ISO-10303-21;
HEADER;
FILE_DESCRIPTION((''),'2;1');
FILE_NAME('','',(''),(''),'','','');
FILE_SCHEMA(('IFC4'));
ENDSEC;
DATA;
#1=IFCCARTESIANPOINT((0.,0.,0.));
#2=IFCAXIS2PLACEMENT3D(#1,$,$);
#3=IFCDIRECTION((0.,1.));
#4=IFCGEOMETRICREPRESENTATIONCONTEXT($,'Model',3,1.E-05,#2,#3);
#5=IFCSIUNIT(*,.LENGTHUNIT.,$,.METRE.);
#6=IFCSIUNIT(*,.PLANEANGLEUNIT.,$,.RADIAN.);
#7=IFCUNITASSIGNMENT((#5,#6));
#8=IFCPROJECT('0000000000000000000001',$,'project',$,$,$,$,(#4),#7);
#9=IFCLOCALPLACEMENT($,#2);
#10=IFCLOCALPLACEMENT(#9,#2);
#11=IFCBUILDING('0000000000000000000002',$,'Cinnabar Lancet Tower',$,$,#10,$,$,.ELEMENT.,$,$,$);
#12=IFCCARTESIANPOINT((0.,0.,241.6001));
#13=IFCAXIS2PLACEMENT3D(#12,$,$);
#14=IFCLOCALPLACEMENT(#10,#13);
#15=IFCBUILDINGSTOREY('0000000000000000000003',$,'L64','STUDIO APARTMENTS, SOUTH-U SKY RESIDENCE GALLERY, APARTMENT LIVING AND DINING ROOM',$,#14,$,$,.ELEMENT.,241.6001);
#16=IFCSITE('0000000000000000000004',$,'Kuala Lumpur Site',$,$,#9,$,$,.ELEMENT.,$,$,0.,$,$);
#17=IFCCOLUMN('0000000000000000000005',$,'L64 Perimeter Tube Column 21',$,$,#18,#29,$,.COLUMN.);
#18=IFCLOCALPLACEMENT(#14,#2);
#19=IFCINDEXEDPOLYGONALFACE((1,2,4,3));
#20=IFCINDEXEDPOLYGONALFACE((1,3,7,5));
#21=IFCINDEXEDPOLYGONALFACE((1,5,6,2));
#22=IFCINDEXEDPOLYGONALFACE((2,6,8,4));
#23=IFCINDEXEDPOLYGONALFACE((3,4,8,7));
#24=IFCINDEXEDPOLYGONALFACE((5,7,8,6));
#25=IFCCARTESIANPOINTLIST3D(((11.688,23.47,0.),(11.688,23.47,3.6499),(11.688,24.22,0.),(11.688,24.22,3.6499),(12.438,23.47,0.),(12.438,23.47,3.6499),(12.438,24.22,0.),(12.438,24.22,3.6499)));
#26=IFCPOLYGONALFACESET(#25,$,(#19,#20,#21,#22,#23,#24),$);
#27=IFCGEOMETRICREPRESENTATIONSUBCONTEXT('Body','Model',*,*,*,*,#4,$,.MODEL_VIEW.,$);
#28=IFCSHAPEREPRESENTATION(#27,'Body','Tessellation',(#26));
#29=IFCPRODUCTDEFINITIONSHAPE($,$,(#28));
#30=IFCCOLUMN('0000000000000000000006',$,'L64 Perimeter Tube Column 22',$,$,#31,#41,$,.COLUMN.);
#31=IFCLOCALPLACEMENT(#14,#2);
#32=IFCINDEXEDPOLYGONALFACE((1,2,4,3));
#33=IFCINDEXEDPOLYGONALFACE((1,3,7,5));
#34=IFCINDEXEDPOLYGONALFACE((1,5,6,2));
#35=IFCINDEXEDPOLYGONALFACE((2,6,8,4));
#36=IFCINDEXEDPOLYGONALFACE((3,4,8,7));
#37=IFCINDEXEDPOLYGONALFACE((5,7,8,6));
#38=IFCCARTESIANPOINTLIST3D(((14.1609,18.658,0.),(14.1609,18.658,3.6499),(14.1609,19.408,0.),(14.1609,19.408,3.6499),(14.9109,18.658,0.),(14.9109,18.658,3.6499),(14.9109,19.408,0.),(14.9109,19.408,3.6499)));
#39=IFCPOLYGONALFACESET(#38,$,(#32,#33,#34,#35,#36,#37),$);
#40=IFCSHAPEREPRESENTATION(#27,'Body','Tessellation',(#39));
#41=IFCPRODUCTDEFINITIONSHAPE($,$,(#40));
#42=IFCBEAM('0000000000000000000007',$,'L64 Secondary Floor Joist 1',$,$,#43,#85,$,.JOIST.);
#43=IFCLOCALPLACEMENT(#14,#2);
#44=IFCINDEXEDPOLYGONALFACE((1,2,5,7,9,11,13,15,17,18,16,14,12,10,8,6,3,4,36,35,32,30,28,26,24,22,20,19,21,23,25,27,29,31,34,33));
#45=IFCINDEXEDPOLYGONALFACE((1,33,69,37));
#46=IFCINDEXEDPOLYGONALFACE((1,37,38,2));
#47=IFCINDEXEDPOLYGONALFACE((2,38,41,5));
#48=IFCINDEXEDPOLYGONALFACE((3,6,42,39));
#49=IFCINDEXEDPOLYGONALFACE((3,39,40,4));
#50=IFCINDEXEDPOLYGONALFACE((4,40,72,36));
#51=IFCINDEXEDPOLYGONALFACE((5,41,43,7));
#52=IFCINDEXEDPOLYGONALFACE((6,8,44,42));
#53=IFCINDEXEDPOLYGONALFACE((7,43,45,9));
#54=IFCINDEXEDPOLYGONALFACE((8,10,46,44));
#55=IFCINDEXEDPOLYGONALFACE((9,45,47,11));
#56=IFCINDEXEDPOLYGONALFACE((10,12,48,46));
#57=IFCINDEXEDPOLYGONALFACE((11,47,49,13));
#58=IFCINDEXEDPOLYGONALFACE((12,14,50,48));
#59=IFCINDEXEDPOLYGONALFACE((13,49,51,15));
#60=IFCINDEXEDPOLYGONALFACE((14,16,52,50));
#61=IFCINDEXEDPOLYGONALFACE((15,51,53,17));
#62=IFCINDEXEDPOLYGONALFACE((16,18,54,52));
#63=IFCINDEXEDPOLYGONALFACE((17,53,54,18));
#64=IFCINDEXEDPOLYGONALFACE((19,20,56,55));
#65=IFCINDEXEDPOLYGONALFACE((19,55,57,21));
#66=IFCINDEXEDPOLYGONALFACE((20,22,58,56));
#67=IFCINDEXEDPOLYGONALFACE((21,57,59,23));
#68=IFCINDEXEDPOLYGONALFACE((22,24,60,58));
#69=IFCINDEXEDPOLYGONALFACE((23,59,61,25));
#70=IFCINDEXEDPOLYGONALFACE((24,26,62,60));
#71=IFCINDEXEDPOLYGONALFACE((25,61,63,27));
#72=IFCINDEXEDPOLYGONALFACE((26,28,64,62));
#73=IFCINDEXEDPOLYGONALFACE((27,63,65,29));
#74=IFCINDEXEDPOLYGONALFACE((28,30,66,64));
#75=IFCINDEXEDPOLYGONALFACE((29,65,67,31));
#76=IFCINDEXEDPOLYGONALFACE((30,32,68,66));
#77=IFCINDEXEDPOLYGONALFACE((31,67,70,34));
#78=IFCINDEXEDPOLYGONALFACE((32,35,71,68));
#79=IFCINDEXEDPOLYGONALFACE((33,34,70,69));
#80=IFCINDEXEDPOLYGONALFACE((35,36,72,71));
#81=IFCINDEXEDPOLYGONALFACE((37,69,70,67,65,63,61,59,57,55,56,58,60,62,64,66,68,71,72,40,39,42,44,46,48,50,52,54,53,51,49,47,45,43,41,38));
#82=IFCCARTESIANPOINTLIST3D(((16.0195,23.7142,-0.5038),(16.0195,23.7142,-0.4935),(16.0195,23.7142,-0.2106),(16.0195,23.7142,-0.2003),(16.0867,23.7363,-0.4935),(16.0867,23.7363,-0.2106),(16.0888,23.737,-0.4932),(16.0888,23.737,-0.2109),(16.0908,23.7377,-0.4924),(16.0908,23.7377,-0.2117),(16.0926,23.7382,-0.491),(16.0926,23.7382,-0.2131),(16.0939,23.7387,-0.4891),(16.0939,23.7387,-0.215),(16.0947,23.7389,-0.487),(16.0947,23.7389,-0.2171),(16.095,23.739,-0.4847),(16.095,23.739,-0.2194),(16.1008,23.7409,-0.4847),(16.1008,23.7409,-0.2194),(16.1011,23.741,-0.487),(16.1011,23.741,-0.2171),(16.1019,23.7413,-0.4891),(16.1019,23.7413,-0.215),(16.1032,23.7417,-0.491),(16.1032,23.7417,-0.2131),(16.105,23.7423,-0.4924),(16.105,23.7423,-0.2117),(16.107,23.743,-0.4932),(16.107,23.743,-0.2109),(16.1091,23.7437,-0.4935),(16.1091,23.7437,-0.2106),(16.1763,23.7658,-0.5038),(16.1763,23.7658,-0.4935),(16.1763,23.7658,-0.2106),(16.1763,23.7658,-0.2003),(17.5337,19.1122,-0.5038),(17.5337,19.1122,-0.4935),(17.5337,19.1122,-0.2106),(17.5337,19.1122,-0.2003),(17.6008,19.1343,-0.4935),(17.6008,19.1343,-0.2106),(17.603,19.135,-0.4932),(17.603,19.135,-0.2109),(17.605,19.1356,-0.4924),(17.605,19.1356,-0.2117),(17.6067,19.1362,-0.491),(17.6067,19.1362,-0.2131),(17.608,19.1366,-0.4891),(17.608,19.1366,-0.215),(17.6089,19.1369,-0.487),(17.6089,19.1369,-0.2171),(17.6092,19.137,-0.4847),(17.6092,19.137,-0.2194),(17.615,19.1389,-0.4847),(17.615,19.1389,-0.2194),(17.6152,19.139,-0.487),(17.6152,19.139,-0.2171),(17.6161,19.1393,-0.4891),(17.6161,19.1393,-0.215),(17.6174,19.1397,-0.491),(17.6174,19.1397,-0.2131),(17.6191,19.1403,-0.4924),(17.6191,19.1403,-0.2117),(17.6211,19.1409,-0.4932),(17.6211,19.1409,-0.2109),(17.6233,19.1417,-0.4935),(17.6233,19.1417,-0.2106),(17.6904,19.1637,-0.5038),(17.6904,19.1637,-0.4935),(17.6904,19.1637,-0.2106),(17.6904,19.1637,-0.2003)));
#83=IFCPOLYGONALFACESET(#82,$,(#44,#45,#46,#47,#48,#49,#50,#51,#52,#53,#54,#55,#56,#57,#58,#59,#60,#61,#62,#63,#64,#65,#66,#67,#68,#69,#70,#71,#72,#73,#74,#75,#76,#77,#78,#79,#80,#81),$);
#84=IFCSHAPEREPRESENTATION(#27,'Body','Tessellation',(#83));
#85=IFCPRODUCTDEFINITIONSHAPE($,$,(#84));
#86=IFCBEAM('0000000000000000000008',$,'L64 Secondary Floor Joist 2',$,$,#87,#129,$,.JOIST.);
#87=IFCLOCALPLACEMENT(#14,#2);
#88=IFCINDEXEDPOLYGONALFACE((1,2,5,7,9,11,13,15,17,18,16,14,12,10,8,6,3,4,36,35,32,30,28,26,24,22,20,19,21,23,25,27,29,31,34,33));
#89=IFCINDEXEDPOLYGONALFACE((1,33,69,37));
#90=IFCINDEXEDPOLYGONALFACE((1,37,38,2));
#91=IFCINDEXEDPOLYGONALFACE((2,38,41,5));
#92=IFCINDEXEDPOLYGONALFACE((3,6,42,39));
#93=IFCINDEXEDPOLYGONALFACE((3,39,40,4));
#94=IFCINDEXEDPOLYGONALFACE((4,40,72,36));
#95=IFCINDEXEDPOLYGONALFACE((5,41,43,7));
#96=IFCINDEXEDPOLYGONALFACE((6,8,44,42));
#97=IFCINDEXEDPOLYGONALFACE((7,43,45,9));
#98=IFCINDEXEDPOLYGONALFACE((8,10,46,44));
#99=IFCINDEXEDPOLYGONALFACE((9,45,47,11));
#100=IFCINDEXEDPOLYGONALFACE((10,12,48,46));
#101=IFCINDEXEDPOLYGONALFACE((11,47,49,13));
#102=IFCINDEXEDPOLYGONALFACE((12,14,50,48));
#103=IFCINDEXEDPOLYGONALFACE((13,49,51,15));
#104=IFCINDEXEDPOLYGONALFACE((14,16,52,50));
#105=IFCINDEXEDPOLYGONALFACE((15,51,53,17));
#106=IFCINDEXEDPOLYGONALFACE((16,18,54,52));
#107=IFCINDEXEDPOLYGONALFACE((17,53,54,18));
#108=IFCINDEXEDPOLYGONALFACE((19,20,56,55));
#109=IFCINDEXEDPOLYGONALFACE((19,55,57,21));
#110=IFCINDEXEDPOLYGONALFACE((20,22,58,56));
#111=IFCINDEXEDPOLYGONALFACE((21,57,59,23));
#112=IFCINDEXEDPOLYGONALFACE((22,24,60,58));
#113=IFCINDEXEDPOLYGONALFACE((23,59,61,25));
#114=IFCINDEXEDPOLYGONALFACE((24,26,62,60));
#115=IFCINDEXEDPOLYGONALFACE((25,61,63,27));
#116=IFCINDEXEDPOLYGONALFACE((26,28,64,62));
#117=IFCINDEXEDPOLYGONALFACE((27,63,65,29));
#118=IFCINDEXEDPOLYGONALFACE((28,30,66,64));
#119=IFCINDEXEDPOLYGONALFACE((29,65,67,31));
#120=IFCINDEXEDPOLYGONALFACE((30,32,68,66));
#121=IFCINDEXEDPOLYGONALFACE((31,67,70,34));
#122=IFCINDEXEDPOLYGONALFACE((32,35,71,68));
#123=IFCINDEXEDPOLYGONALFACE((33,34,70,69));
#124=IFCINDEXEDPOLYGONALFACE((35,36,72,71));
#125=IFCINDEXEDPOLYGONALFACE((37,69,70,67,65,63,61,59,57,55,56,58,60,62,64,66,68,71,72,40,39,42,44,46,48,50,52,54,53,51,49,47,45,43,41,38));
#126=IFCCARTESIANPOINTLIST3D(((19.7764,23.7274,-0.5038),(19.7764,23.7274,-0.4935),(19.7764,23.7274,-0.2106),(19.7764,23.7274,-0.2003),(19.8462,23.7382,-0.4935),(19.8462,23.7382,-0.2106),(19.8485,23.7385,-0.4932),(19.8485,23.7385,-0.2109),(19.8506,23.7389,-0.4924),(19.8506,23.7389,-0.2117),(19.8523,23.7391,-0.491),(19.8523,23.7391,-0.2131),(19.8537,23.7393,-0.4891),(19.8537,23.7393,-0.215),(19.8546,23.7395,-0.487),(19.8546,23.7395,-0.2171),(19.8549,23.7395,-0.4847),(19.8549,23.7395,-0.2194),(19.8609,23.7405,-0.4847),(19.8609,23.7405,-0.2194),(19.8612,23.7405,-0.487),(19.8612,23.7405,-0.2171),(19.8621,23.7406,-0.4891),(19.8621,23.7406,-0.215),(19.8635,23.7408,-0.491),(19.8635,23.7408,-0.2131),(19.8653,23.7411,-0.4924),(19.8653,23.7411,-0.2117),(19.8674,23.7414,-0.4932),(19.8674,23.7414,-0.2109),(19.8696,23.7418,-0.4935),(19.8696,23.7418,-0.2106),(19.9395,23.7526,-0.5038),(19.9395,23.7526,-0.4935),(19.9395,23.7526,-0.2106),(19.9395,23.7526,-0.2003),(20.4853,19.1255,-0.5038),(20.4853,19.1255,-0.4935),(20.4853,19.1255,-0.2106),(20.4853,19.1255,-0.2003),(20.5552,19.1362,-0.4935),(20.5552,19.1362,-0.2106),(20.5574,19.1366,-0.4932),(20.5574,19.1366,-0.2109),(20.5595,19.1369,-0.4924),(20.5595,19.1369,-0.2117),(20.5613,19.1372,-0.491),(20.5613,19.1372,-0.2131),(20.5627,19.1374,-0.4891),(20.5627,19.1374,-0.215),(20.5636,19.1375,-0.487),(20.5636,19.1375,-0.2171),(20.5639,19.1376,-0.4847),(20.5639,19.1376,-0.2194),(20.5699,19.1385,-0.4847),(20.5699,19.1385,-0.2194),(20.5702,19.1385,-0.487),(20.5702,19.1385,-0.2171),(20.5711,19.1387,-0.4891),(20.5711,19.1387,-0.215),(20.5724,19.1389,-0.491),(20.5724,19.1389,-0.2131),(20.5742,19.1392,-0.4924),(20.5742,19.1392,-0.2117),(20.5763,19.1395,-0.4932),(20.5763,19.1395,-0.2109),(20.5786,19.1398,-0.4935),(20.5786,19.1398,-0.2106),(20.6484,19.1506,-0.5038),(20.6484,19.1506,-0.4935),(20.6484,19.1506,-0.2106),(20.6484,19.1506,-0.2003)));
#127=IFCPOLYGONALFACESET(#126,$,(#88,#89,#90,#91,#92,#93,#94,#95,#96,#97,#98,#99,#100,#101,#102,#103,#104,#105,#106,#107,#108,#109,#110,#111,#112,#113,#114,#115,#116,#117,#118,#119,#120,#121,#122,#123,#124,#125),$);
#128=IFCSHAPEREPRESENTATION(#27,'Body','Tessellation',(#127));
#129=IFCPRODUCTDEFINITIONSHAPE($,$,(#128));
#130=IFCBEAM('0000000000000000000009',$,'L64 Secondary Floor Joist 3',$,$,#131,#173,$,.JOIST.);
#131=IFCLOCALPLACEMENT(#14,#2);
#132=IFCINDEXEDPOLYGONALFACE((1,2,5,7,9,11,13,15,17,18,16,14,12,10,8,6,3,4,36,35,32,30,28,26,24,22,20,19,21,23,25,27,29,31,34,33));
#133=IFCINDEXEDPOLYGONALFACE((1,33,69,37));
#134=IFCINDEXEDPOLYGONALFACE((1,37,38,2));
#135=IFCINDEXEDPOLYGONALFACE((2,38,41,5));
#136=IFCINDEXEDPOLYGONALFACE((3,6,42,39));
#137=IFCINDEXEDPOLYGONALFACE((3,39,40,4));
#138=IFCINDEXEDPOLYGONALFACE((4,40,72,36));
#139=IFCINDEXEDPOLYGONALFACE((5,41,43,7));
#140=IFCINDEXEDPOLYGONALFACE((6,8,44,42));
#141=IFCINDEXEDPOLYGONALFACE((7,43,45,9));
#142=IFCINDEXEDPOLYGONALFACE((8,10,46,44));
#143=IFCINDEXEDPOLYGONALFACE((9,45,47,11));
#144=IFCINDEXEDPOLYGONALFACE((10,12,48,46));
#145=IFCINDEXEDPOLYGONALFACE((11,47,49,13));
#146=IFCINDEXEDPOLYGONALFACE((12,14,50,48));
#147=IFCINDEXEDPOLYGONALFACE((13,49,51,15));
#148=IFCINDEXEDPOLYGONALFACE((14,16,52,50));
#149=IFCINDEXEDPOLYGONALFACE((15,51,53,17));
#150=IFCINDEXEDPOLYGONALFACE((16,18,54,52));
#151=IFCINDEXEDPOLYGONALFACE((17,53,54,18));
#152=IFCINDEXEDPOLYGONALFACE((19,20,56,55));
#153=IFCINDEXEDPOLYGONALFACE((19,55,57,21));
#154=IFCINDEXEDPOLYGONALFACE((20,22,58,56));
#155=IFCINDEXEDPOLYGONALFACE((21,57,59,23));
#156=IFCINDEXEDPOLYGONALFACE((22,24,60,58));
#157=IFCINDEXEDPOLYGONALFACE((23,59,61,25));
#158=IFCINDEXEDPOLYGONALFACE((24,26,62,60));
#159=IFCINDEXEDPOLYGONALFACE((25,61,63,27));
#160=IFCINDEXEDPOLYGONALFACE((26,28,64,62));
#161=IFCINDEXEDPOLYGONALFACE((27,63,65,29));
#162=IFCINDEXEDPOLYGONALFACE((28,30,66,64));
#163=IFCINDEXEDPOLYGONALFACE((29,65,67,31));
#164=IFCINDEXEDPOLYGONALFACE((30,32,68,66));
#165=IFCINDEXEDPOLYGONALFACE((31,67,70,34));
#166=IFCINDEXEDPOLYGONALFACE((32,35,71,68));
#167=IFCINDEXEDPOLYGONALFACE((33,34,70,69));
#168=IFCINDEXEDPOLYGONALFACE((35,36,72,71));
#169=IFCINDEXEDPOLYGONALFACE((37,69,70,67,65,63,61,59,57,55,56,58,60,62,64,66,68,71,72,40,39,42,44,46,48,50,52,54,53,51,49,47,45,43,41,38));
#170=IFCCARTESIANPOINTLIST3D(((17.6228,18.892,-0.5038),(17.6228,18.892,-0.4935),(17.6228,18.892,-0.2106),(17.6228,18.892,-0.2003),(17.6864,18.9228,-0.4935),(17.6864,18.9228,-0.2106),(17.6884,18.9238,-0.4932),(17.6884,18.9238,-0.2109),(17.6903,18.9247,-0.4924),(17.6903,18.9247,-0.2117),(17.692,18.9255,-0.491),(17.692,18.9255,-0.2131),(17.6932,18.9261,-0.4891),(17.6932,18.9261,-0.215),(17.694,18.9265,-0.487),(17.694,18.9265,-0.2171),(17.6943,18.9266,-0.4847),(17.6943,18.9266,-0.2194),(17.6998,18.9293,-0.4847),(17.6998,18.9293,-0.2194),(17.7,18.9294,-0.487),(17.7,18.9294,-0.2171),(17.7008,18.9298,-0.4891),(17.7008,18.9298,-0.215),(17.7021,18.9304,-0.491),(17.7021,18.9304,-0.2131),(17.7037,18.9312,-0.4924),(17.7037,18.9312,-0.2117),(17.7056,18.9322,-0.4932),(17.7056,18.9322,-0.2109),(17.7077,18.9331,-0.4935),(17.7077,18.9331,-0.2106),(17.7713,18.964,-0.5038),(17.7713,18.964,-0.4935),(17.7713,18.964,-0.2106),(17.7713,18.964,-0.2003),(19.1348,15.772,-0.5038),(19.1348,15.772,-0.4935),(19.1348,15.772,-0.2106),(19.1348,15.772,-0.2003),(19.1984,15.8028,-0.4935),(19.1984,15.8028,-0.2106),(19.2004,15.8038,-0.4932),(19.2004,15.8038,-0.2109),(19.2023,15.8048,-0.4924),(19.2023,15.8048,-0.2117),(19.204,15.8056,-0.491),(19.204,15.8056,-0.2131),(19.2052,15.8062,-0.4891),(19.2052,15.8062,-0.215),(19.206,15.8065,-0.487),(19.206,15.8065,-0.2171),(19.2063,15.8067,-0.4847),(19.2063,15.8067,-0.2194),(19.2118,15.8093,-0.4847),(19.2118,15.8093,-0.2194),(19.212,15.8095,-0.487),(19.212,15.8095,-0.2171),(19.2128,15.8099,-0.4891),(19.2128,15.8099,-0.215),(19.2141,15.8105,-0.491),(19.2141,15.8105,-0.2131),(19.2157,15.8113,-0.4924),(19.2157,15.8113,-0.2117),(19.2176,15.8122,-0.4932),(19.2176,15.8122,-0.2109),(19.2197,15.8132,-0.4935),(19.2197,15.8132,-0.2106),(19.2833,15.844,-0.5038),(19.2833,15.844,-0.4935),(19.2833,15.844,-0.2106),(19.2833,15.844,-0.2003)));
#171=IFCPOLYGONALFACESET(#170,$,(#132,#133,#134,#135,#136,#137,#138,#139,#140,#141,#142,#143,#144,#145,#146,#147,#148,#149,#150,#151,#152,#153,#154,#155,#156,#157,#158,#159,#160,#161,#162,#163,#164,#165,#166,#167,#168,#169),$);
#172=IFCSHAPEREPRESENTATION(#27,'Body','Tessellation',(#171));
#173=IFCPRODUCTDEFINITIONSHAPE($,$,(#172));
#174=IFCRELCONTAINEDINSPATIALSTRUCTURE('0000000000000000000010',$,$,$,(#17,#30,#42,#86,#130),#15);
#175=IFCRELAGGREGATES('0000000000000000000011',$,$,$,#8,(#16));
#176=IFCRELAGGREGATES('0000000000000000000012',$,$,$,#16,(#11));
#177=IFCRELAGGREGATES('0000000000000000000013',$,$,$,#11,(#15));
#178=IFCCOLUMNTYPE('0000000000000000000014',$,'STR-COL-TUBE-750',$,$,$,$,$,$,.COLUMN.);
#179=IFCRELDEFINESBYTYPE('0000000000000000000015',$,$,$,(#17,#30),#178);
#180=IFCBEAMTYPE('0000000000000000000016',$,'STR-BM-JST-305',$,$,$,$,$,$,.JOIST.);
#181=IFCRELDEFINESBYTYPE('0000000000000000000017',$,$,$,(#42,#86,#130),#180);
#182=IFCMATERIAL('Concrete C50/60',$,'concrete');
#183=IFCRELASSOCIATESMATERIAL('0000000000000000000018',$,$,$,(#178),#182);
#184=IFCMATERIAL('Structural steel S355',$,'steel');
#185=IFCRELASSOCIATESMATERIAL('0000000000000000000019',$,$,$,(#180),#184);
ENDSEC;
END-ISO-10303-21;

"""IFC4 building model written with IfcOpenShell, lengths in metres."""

from ifc_helpers import new_model, si_unit, direction, frame, origin, origin_2d, place, context, subcontext, project, spatial, rectangle, i_section, extrude, material, material_profile, profile_set, type_object, element, save


model = new_model("IFC4")

# Units and contexts
model_context = context("Model", 3, precision=1e-05, world=origin(), true_north=direction((0.0, 1.0)))
body_context = subcontext(model_context, "Body", "Model", "MODEL_VIEW")
ifc_project = project(units=[si_unit("LENGTHUNIT", "METRE"), si_unit("PLANEANGLEUNIT", "RADIAN")], contexts=[model_context])

# Site, building, storey
site_placement = place(None, origin())
site = spatial("IfcSite", under=ifc_project, at=site_placement, Name="Kuala Lumpur Site", CompositionType="ELEMENT", RefElevation=0.0)
building_placement = place(site_placement, origin())
building = spatial("IfcBuilding", under=site, at=building_placement, Name="Cinnabar Lancet Tower", CompositionType="ELEMENT")
storey_placement = place(building_placement, frame((0.0, 0.0, 241.6001)))
storey = spatial("IfcBuildingStorey", under=building, at=storey_placement, Name="L64", Description="STUDIO APARTMENTS, SOUTH-U SKY RESIDENCE GALLERY, APARTMENT LIVING AND DINING ROOM", CompositionType="ELEMENT", Elevation=241.6001)

# Columns
ifc_material_1 = material(Name="Concrete C50/60", Category="concrete")
ifc_material_profile_1 = material_profile(ifc_material_1, rectangle(XDim=0.75, YDim=0.75, at=origin_2d()), Name="RC-COL 750x750")
ifc_profile_set_1 = profile_set([ifc_material_profile_1], Name="Concrete C50/60")
column_type = type_object("IfcColumnType", Name="STR-COL-TUBE-750", PredefinedType="COLUMN", material=ifc_profile_set_1)
for number, where, z_axis, x_axis, name in (
    (1, (12.063, 23.845, 0.0), (0.0, 0.0, 1.0), (1.0, 0.0, 0.0), "L64 Perimeter Tube Column 21"),
    (2, (14.5359, 19.033, 0.0), (0.0, 0.0, 1.0), (1.0, 0.0, 0.0), "L64 Perimeter Tube Column 22"),
):
    element("IfcColumn", number, at=place(storey_placement, frame(where, z_axis=z_axis, x_axis=x_axis)), inside=storey, type_object=column_type, Name=name, PredefinedType="COLUMN", context=body_context, shape_type="SweptSolid", body=[
        extrude(rectangle(XDim=0.75, YDim=0.75, at=origin_2d()), origin(), (0.0, 0.0, 1.0), 3.6499),
    ])

# Beams
ifc_material_2 = material(Name="Structural steel S355", Category="steel")
ifc_material_profile_2 = material_profile(ifc_material_2, i_section(OverallWidth=0.165, OverallDepth=0.3035, WebThickness=0.0061, FlangeThickness=0.0103, FilletRadius=0.0088, at=origin_2d()), Name="UKB 305x165x40")
ifc_profile_set_2 = profile_set([ifc_material_profile_2], Name="Structural steel S355")
beam_type_1 = type_object("IfcBeamType", Name="STR-BM-JST-305", PredefinedType="JOIST", material=ifc_profile_set_2)
beam_1_placement = place(storey_placement, frame((16.0979, 23.74, -0.3521), z_axis=(0.312537, -0.949906, 0.0), x_axis=(0.949906, 0.312537, 0.0)))
element("IfcBeam", 3, at=beam_1_placement, inside=storey, type_object=beam_type_1, Name="L64 Secondary Floor Joist 1", PredefinedType="JOIST", context=body_context, shape_type="SweptSolid", body=[
    extrude(i_section(OverallWidth=0.165, OverallDepth=0.3035, WebThickness=0.0061, FlangeThickness=0.0103, FilletRadius=0.0088, at=origin_2d()), origin(), (0.0, 0.0, 1.0), 4.8447),
])
beam_2_placement = place(storey_placement, frame((19.8579, 23.74, -0.3521), z_axis=(0.152262, -0.98834, 0.0), x_axis=(0.98834, 0.152262, 0.0)))
element("IfcBeam", 4, at=beam_2_placement, inside=storey, type_object=beam_type_1, Name="L64 Secondary Floor Joist 2", PredefinedType="JOIST", context=body_context, shape_type="SweptSolid", body=[
    extrude(i_section(OverallWidth=0.165, OverallDepth=0.3035, WebThickness=0.0061, FlangeThickness=0.0103, FilletRadius=0.0088, at=origin_2d()), origin(), (0.0, 0.0, 1.0), 4.6562),
])
beam_3_placement = place(storey_placement, frame((17.697, 18.928, -0.3521), z_axis=(0.436109, -0.899894, 0.0), x_axis=(0.899894, 0.436109, 0.0)))
element("IfcBeam", 5, at=beam_3_placement, inside=storey, type_object=beam_type_1, Name="L64 Secondary Floor Joist 3", PredefinedType="JOIST", context=body_context, shape_type="SweptSolid", body=[
    extrude(i_section(OverallWidth=0.165, OverallDepth=0.3035, WebThickness=0.0061, FlangeThickness=0.0103, FilletRadius=0.0088, at=origin_2d()), origin(), (0.0, 0.0, 1.0), 3.467),
])

save(model, "model.ifc")
